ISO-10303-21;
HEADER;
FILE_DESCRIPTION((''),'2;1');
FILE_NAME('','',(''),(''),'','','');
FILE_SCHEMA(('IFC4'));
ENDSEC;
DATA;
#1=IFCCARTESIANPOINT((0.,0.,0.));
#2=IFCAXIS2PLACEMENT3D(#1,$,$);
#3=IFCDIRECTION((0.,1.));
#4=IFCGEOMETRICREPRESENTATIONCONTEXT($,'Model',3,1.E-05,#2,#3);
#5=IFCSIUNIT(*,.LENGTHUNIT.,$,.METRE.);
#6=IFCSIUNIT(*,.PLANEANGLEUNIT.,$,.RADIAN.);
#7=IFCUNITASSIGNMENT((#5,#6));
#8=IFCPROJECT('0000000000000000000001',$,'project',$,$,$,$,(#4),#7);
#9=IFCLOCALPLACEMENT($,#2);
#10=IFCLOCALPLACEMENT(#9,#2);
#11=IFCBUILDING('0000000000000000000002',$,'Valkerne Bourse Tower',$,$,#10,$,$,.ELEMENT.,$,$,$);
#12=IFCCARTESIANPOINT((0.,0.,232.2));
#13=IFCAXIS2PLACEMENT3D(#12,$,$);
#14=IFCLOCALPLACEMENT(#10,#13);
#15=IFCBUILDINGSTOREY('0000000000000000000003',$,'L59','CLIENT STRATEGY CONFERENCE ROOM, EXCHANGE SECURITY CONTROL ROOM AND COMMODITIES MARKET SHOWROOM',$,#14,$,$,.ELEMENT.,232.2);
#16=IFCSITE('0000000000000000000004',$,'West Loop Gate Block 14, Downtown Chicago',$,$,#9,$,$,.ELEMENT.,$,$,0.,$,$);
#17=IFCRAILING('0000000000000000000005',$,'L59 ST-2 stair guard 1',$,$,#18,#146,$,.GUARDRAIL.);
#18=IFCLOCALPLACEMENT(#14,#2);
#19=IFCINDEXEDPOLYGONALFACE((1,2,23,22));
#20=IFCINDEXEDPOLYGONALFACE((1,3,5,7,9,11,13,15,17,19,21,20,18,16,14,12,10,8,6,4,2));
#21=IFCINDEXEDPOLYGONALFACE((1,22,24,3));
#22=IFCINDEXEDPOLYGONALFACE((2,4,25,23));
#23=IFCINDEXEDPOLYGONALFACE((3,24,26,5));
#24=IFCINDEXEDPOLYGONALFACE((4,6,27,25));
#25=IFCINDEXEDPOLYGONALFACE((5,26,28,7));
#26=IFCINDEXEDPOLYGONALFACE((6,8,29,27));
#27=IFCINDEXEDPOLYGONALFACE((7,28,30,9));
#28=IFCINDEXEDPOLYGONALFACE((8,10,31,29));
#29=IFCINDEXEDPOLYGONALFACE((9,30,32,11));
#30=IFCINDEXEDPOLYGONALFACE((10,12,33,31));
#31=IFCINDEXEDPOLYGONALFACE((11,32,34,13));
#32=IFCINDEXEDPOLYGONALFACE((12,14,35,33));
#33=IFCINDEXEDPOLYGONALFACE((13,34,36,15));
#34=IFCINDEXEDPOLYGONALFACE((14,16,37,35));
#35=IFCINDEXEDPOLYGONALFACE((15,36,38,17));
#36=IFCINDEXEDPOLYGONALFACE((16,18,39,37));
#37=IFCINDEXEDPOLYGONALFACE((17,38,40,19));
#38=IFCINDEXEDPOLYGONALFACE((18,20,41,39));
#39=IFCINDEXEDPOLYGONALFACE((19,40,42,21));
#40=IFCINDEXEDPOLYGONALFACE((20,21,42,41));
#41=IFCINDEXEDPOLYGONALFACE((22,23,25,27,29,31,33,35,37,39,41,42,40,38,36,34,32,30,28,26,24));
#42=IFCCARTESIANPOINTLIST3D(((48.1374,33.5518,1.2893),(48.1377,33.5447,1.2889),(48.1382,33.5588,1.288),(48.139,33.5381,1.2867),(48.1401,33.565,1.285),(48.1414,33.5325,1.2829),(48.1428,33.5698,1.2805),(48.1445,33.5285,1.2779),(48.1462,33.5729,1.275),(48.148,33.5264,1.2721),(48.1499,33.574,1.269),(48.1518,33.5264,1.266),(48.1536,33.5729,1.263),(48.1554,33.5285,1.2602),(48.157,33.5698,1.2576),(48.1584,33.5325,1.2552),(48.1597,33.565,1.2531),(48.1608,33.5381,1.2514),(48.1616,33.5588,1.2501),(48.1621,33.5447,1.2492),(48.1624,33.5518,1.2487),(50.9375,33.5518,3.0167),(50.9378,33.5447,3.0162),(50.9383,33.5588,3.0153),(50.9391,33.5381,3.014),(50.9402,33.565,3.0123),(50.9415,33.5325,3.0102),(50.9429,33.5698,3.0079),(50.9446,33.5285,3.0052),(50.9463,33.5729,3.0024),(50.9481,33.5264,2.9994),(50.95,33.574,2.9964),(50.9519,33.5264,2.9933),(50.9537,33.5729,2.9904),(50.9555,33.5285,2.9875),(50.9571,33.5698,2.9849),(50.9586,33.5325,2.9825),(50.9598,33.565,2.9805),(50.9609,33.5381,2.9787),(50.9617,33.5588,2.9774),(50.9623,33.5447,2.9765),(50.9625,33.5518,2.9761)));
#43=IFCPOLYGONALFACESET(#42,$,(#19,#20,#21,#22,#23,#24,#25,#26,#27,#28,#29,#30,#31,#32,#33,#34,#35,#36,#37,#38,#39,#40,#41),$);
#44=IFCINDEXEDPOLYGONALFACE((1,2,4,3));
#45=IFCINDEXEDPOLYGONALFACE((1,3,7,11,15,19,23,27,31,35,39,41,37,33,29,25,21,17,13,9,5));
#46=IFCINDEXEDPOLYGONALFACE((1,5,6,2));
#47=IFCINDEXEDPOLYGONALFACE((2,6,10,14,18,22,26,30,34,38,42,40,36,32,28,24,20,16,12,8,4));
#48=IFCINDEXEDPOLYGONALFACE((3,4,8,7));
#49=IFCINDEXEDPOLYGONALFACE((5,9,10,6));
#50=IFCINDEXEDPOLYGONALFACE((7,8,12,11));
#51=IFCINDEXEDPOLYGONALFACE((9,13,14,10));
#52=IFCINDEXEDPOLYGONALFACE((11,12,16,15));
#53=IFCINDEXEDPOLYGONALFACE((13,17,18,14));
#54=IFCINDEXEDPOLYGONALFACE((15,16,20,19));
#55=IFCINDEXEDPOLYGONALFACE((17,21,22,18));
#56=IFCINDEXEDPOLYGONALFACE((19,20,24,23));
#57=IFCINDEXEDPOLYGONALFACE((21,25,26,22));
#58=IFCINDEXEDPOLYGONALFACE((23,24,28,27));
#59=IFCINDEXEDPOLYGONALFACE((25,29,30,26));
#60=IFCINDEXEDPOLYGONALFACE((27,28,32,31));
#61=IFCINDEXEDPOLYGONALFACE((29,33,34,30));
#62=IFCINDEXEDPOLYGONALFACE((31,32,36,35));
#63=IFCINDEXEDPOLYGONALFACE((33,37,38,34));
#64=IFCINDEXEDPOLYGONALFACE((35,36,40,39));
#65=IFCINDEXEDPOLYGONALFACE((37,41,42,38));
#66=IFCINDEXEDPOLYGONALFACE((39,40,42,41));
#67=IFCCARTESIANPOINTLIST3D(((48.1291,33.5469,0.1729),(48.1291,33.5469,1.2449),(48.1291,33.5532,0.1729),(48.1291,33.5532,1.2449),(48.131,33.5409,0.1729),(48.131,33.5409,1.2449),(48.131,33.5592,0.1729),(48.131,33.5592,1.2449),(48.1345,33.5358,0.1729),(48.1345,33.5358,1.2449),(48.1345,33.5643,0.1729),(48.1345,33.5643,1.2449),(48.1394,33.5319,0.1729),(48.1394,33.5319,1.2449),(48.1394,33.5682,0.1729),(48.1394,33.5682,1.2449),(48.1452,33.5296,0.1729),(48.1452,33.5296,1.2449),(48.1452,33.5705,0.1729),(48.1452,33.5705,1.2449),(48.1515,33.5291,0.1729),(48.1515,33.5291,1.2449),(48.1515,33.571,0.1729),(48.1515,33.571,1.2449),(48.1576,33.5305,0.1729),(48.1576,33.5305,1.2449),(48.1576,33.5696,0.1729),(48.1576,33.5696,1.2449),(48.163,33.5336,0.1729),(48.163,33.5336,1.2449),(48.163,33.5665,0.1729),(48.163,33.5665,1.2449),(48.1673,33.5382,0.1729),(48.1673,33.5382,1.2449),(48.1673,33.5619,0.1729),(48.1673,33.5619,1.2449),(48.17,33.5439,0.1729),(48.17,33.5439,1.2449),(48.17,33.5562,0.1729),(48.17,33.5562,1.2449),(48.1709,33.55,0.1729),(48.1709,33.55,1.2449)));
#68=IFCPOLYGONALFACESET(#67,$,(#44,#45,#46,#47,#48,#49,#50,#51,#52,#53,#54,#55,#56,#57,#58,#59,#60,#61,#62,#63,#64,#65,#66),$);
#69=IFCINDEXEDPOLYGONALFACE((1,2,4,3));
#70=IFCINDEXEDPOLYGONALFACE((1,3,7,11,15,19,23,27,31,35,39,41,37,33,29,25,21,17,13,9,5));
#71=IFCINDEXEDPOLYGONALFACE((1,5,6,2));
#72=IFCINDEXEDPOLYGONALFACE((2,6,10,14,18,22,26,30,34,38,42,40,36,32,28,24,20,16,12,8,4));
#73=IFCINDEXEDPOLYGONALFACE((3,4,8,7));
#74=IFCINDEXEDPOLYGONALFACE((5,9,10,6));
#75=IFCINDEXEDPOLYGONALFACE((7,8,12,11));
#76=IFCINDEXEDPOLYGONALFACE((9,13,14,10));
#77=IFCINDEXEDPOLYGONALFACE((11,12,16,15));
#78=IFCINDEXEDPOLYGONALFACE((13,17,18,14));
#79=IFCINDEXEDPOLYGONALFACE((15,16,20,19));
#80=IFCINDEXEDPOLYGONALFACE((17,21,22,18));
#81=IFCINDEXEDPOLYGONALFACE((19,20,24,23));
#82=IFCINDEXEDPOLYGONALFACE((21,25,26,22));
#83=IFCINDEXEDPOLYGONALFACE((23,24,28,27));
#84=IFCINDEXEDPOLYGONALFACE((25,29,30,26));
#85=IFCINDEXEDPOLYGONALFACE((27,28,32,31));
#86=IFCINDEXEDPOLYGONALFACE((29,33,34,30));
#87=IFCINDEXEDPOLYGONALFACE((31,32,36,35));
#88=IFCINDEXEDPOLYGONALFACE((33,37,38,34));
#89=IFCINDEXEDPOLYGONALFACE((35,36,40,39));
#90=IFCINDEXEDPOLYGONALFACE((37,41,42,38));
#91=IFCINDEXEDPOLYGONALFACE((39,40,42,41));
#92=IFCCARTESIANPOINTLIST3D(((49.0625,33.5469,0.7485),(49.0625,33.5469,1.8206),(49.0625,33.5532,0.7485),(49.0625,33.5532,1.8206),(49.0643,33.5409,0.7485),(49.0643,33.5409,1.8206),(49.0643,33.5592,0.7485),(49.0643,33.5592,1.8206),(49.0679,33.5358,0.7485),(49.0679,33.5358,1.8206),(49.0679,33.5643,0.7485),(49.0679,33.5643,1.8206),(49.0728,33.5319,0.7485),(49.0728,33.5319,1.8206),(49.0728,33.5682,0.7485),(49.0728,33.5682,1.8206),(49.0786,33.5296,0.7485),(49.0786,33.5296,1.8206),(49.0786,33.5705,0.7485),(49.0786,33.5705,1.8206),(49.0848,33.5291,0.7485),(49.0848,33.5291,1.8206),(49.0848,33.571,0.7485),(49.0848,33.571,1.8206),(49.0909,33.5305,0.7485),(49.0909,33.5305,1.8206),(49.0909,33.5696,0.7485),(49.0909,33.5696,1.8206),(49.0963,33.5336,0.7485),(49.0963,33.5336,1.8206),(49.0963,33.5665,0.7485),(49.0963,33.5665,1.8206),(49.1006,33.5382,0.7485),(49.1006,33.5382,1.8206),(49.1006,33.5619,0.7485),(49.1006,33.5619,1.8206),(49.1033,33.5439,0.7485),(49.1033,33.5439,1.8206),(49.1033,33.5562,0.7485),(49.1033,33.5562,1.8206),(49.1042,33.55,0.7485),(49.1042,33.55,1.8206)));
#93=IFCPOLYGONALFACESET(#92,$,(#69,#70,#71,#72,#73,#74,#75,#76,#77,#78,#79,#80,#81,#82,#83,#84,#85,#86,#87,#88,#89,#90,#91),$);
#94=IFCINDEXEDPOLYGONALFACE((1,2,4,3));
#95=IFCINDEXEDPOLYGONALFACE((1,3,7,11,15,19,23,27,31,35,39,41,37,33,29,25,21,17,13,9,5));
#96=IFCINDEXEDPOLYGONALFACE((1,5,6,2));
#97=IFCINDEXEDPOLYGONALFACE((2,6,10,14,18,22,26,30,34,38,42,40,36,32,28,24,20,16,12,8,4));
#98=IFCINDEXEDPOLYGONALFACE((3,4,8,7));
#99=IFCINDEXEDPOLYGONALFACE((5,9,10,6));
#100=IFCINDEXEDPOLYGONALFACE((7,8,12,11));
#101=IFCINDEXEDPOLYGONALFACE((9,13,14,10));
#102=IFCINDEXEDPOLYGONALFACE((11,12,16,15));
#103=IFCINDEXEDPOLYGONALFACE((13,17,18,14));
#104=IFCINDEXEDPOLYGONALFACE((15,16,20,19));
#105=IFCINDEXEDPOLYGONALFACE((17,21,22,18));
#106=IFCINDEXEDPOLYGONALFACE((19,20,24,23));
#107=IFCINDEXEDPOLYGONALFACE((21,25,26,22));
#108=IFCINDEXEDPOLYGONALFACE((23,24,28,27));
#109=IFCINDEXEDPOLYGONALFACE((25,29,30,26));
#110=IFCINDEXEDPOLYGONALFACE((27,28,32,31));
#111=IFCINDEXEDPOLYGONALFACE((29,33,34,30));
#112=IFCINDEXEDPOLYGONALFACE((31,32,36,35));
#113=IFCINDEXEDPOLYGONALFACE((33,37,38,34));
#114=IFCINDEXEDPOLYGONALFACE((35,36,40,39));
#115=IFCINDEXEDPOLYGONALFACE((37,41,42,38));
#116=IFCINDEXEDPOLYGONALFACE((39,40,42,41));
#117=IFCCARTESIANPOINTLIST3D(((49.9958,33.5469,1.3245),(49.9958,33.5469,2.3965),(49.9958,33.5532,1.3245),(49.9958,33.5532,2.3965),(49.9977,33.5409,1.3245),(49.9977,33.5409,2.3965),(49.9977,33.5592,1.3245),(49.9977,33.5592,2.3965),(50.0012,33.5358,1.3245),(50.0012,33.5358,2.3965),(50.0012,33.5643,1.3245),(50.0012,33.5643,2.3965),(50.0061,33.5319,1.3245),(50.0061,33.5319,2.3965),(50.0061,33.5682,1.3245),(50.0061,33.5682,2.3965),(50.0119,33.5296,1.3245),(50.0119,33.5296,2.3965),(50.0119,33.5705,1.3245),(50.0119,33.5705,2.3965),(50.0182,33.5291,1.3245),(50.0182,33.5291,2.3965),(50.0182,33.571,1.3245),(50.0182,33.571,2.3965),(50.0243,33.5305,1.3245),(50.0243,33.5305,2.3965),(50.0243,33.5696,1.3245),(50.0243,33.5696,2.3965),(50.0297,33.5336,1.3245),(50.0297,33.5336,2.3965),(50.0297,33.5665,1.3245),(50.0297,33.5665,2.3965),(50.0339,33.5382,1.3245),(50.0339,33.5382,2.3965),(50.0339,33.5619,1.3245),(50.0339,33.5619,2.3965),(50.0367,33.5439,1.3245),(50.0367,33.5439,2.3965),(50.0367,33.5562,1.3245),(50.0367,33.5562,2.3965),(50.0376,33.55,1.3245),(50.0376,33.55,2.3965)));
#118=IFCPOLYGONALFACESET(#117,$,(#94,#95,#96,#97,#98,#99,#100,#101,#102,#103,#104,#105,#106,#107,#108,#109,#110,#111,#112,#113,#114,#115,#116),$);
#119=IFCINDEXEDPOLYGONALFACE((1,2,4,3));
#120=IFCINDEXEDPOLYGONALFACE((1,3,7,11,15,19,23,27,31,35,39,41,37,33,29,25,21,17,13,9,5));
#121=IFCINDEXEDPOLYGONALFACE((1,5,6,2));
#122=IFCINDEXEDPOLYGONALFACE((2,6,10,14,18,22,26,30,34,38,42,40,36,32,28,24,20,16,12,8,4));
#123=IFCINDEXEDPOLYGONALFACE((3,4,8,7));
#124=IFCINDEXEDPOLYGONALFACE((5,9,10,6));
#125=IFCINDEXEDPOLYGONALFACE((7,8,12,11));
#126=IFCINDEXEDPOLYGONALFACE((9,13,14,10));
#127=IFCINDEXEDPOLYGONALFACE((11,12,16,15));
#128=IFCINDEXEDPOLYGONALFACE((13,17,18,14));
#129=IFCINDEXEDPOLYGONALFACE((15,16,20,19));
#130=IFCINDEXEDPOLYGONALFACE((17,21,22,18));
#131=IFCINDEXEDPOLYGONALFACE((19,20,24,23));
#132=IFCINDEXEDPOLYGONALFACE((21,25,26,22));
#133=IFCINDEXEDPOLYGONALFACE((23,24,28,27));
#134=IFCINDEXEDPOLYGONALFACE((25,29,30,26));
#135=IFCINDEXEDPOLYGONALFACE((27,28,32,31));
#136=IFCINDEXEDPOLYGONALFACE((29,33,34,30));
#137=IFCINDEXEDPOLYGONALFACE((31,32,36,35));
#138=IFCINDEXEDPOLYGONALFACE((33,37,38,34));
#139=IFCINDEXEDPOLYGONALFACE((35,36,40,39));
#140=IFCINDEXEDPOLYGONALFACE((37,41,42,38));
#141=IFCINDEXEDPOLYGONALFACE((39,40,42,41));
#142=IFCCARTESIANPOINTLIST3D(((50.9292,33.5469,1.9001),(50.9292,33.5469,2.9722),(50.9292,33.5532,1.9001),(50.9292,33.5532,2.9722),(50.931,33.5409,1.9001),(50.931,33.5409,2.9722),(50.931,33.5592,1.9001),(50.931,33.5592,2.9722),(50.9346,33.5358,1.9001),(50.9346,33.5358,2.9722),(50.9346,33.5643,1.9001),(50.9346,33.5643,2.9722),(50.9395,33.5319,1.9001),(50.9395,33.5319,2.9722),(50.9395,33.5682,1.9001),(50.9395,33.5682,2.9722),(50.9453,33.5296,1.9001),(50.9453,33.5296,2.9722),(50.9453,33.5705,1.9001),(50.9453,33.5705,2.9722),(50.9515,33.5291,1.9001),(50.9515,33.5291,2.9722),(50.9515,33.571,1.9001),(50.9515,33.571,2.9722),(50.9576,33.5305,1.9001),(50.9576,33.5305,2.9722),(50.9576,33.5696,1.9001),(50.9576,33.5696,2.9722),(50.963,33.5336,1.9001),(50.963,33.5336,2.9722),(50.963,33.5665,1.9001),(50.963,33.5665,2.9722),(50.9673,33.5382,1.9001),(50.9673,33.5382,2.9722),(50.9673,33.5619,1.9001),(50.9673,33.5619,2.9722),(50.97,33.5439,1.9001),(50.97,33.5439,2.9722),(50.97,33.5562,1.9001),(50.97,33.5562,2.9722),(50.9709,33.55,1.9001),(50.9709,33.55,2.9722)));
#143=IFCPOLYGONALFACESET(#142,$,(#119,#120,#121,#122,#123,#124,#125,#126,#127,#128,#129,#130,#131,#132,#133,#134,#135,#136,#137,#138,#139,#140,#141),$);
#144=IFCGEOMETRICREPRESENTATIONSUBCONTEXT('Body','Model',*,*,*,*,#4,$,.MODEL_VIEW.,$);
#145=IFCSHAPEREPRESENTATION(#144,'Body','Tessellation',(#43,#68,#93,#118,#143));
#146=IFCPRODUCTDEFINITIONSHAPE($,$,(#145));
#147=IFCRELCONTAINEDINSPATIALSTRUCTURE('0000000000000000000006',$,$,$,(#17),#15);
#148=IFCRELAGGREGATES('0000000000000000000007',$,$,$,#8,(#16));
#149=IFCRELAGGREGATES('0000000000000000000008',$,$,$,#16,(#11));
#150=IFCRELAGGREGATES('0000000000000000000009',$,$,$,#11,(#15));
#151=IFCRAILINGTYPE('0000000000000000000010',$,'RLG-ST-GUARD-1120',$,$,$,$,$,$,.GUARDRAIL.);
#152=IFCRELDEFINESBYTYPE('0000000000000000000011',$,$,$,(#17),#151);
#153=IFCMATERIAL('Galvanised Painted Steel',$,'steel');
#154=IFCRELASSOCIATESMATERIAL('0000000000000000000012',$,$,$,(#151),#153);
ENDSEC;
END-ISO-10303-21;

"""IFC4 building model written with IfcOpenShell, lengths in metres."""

from ifc_helpers import new_model, si_unit, direction, frame, origin, origin_2d, place, context, subcontext, project, spatial, circle, extrude, material, type_object, element, save


model = new_model("IFC4")

# Units and contexts
model_context = context("Model", 3, precision=1e-05, world=origin(), true_north=direction((0.0, 1.0)))
body_context = subcontext(model_context, "Body", "Model", "MODEL_VIEW")
ifc_project = project(units=[si_unit("LENGTHUNIT", "METRE"), si_unit("PLANEANGLEUNIT", "RADIAN")], contexts=[model_context])

# Site, building, storey
site_placement = place(None, origin())
site = spatial("IfcSite", under=ifc_project, at=site_placement, Name="West Loop Gate Block 14, Downtown Chicago", CompositionType="ELEMENT", RefElevation=0.0)
building_placement = place(site_placement, origin())
building = spatial("IfcBuilding", under=site, at=building_placement, Name="Valkerne Bourse Tower", CompositionType="ELEMENT")
storey_placement = place(building_placement, frame((0.0, 0.0, 232.2)))
storey = spatial("IfcBuildingStorey", under=building, at=storey_placement, Name="L59", Description="CLIENT STRATEGY CONFERENCE ROOM, EXCHANGE SECURITY CONTROL ROOM AND COMMODITIES MARKET SHOWROOM", CompositionType="ELEMENT", Elevation=232.2)

# Shared definitions
ifc_material_1 = material(Name="Galvanised Painted Steel", Category="steel")

# Railing
railing_type_1 = type_object("IfcRailingType", Name="RLG-ST-GUARD-1120", PredefinedType="GUARDRAIL", material=ifc_material_1)
railing_1_placement = place(storey_placement, frame((48.1499, 33.55, 0.1729)))
element("IfcRailing", 1, at=railing_1_placement, inside=storey, type_object=railing_type_1, Name="L59 ST-2 stair guard 1", PredefinedType="GUARDRAIL", context=body_context, shape_type="SweptSolid", body=[
    extrude(circle(Radius=0.0239, at=origin_2d()), frame((0.0, 0.0, 1.0962), z_axis=(0.85109, 0.0, 0.52502), x_axis=(0.0, 1.0, 0.0)), (0.0, 0.0, 1.0), 3.29),
    extrude(circle(Radius=0.021, at=origin_2d()), origin(), (0.0, 0.0, 1.0), 1.072),
    extrude(circle(Radius=0.021, at=origin_2d()), frame((0.9333, 0.0, 0.5757)), (0.0, 0.0, 1.0), 1.072),
    extrude(circle(Radius=0.021, at=origin_2d()), frame((1.8667, 0.0, 1.1516)), (0.0, 0.0, 1.0), 1.072),
    extrude(circle(Radius=0.021, at=origin_2d()), frame((2.8, 0.0, 1.7273)), (0.0, 0.0, 1.0), 1.072),
])

save(model, "model.ifc")
